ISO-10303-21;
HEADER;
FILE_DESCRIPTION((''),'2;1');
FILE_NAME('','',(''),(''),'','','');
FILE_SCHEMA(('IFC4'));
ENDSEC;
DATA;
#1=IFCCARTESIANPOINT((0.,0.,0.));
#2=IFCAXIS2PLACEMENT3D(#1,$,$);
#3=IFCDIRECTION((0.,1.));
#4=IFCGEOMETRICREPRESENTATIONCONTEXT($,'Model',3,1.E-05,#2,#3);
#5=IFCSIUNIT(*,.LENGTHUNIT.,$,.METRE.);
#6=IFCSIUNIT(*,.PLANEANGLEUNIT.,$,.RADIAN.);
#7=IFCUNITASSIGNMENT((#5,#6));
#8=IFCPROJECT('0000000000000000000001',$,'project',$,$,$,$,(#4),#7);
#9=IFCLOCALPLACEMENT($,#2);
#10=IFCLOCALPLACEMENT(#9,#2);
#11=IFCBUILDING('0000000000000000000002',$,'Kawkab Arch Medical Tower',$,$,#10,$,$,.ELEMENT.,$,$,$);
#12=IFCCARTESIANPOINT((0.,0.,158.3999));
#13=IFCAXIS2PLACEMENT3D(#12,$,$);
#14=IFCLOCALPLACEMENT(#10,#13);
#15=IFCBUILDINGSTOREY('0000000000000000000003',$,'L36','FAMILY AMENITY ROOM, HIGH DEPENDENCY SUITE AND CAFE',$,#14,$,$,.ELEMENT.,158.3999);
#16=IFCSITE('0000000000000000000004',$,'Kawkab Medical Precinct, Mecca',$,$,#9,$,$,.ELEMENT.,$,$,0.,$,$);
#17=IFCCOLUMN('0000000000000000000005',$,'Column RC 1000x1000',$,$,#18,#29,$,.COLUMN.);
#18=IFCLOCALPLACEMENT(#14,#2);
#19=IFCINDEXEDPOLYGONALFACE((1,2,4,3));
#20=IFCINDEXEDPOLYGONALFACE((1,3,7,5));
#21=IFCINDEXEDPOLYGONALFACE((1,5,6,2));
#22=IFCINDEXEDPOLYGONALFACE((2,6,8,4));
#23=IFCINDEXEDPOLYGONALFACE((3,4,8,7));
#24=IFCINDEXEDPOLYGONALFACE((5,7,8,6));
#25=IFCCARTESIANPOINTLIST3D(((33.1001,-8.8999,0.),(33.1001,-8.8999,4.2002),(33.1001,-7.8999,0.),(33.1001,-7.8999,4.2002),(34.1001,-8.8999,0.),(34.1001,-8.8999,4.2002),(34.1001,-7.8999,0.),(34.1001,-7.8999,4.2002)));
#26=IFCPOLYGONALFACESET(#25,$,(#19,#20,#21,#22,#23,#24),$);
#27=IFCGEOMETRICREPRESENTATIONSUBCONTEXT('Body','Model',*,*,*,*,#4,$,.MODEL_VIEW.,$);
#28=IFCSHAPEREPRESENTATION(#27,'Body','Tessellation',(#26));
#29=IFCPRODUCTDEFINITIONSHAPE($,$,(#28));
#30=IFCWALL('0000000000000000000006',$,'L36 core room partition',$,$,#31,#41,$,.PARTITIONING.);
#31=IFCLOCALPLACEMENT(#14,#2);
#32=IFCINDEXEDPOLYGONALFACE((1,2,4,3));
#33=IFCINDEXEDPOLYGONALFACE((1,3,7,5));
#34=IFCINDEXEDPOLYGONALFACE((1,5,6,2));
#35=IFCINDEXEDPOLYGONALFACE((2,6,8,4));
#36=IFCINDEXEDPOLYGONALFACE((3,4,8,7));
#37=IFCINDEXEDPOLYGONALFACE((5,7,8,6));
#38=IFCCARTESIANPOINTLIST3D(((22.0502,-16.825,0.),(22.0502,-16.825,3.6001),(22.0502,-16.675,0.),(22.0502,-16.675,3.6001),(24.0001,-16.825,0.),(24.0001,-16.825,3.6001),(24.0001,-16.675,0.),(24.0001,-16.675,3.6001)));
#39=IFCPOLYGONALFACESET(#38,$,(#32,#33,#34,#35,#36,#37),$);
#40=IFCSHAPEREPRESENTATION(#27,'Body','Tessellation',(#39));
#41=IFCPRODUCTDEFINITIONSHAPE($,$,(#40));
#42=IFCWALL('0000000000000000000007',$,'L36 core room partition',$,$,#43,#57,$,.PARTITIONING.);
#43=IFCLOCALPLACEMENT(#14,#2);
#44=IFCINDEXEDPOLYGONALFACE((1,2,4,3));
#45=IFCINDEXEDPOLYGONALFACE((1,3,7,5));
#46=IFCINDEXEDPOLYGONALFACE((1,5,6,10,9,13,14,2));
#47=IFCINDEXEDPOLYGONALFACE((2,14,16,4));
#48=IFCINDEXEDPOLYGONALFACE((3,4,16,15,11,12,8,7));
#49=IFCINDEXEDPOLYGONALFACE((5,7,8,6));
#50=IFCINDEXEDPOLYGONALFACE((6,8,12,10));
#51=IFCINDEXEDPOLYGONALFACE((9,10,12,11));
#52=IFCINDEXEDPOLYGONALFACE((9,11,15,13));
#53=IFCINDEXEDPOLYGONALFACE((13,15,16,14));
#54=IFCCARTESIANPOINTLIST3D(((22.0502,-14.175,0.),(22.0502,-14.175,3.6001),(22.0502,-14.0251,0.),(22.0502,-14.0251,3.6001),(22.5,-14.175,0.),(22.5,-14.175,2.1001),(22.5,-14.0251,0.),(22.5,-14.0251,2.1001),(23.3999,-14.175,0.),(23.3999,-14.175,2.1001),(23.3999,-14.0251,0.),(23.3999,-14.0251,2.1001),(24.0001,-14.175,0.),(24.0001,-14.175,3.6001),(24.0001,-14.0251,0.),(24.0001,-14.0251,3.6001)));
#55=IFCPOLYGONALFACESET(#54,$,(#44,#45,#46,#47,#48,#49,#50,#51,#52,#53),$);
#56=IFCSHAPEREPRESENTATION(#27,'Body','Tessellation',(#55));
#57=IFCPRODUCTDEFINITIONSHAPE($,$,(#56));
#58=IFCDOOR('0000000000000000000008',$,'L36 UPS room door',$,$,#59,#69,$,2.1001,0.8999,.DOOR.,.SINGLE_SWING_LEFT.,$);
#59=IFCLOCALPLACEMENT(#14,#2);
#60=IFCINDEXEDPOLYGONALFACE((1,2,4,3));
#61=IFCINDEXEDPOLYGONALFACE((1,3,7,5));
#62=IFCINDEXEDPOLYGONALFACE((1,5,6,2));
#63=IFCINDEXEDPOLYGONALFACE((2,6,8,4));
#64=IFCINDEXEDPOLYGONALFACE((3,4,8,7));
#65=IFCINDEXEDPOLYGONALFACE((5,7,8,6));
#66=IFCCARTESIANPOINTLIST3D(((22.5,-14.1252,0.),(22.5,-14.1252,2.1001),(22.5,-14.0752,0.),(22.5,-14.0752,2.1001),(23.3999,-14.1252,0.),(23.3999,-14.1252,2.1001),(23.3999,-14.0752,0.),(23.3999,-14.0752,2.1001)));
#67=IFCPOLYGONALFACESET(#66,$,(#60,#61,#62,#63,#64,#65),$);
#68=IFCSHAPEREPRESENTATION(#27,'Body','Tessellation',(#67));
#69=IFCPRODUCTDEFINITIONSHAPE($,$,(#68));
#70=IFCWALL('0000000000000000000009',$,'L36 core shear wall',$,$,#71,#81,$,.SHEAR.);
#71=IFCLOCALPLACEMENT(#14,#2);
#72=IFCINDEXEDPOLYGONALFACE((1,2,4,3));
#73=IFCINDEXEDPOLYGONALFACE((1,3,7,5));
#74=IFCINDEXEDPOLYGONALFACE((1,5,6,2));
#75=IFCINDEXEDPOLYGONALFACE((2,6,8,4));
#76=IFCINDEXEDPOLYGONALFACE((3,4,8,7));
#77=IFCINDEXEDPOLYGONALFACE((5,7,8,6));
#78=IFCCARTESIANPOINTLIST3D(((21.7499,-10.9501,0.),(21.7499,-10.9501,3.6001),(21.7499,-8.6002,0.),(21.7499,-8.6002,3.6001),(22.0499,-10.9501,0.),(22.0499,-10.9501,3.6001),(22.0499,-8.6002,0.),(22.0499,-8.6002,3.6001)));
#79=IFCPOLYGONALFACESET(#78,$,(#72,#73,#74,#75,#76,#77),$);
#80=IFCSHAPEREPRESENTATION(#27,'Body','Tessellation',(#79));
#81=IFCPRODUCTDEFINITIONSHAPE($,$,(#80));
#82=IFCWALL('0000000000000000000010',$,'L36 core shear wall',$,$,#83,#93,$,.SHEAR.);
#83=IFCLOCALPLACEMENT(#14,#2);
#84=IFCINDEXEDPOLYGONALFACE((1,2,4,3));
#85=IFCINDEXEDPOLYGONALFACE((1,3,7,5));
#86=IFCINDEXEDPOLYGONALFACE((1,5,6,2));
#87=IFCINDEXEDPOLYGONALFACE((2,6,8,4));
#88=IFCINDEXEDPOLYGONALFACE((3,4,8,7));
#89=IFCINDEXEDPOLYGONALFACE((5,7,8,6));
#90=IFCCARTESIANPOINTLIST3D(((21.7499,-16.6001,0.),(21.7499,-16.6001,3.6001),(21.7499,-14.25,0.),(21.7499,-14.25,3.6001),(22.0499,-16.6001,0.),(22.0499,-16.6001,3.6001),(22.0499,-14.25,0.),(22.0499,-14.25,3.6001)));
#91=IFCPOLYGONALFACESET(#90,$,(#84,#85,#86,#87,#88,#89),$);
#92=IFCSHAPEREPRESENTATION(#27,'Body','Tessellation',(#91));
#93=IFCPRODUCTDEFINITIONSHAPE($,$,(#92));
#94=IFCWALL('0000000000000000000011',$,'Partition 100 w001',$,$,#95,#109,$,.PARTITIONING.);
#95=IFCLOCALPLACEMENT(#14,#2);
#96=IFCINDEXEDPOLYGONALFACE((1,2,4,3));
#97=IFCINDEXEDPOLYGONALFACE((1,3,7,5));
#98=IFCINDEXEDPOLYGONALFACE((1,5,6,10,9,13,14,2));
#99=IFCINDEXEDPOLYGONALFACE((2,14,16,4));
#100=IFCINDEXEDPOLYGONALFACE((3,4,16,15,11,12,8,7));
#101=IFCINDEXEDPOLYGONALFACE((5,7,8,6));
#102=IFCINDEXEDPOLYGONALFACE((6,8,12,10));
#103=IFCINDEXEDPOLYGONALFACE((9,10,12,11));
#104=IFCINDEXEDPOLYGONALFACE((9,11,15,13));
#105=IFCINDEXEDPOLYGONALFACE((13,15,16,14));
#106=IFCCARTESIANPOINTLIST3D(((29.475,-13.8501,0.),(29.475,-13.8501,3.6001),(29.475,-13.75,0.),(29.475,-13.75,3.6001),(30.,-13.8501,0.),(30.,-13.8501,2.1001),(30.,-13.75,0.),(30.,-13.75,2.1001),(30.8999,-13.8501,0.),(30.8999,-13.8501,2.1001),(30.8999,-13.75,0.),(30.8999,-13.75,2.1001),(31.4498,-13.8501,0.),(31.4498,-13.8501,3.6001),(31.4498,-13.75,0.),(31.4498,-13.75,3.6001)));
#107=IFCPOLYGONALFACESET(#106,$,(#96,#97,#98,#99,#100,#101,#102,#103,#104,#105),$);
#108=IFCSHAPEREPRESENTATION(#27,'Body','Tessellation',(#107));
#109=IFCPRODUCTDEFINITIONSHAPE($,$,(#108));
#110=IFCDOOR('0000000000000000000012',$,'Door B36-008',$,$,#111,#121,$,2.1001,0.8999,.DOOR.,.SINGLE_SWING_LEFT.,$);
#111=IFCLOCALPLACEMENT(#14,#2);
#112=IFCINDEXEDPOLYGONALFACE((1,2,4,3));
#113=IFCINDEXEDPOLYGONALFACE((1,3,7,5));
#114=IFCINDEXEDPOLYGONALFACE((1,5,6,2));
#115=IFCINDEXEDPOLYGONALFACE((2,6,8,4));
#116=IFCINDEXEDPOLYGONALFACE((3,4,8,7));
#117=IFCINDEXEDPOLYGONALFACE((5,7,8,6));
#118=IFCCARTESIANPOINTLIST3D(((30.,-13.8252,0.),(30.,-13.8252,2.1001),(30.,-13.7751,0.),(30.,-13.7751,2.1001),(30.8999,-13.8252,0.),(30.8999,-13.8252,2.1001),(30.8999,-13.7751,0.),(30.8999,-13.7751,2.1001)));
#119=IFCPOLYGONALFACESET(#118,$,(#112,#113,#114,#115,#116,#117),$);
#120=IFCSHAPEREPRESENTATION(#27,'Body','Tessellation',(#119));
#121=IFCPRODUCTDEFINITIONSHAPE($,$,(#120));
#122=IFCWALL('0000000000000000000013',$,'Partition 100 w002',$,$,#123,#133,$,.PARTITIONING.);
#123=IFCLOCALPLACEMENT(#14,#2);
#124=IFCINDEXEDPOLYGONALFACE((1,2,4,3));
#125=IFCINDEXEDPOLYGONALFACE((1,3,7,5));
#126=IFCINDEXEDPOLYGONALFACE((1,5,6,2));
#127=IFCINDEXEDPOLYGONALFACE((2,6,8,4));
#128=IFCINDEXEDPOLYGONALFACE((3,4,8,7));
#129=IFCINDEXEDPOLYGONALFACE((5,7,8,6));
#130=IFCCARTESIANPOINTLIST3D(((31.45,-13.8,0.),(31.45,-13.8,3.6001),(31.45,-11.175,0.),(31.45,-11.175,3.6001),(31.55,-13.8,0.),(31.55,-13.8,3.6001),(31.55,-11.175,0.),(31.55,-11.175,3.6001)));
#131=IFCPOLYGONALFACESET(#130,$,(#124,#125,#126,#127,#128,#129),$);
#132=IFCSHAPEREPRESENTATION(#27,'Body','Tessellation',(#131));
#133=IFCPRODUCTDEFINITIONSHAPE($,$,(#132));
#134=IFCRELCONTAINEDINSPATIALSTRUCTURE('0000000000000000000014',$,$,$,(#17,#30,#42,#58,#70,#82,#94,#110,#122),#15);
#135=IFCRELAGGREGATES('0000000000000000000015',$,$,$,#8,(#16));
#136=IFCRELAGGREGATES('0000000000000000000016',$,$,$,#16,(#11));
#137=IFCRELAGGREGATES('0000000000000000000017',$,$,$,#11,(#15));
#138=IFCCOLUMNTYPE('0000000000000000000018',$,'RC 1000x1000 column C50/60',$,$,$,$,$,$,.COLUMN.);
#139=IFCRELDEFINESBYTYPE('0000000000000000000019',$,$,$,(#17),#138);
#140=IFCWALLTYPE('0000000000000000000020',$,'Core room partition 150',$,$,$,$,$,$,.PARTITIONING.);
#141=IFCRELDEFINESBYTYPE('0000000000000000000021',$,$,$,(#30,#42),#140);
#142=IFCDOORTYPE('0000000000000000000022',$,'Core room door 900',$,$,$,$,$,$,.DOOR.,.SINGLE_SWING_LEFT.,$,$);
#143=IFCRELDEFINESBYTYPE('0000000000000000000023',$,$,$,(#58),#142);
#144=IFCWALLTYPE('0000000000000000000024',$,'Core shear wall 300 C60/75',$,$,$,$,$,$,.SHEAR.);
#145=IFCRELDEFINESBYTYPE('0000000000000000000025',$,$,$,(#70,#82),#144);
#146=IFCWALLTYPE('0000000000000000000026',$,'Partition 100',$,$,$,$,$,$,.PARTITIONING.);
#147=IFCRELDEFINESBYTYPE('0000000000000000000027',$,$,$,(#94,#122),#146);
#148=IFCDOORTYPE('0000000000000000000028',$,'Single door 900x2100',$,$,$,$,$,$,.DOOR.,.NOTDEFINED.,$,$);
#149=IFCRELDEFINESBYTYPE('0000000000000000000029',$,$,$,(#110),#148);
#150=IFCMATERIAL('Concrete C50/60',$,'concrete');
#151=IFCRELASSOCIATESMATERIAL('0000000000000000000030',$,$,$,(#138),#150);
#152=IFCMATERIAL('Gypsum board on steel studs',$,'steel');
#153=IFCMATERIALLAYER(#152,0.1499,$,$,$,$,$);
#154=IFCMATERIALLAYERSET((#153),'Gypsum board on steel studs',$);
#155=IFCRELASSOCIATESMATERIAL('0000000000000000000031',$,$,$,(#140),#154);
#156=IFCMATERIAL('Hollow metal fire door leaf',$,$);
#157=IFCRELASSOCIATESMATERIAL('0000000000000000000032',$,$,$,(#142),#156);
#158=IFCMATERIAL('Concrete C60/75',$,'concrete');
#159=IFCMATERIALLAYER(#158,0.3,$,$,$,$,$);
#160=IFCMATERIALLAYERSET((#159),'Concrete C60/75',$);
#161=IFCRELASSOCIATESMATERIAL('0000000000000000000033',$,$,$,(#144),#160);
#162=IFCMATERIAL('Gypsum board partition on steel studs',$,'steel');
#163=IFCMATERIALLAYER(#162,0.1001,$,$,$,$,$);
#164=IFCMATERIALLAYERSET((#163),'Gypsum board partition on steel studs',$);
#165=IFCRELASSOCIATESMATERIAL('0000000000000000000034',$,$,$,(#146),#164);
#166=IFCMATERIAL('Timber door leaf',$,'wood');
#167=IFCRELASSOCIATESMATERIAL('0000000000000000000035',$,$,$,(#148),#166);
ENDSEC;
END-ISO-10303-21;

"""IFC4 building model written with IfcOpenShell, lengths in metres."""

from ifc_helpers import new_model, si_unit, direction, frame, frame_2d, origin, origin_2d, place, context, subcontext, project, spatial, rectangle, extrude, material, layer, layer_set, material_profile, profile_set, type_object, element, fill, save


model = new_model("IFC4")

# Units and contexts
model_context = context("Model", 3, precision=1e-05, world=origin(), true_north=direction((0.0, 1.0)))
body_context = subcontext(model_context, "Body", "Model", "MODEL_VIEW")
ifc_project = project(units=[si_unit("LENGTHUNIT", "METRE"), si_unit("PLANEANGLEUNIT", "RADIAN")], contexts=[model_context])

# Site, building, storey
site_placement = place(None, origin())
site = spatial("IfcSite", under=ifc_project, at=site_placement, Name="Kawkab Medical Precinct, Mecca", CompositionType="ELEMENT", RefElevation=0.0)
building_placement = place(site_placement, origin())
building = spatial("IfcBuilding", under=site, at=building_placement, Name="Kawkab Arch Medical Tower", CompositionType="ELEMENT")
storey_placement = place(building_placement, frame((0.0, 0.0, 158.3999)))
storey = spatial("IfcBuildingStorey", under=building, at=storey_placement, Name="L36", Description="FAMILY AMENITY ROOM, HIGH DEPENDENCY SUITE AND CAFE", CompositionType="ELEMENT", Elevation=158.3999)

# Column
ifc_material_1 = material(Name="Concrete C50/60", Category="concrete")
ifc_material_profile = material_profile(ifc_material_1, rectangle(XDim=1.0, YDim=1.0, at=origin_2d()), Name="RC 1000x1000")
ifc_profile_set = profile_set([ifc_material_profile], Name="Concrete C50/60")
column_type = type_object("IfcColumnType", Name="RC 1000x1000 column C50/60", PredefinedType="COLUMN", material=ifc_profile_set)
column_placement = place(storey_placement, frame((33.6001, -8.3999, 0.0), z_axis=(0.0, 0.0, 1.0), x_axis=(1.0, 0.0, 0.0)))
element("IfcColumn", 1, at=column_placement, inside=storey, type_object=column_type, Name="Column RC 1000x1000", PredefinedType="COLUMN", context=body_context, shape_type="SweptSolid", body=[
    extrude(rectangle(XDim=1.0, YDim=1.0, at=origin_2d()), origin(), (0.0, 0.0, 1.0), 4.2002),
])

# Wall
ifc_material_2 = material(Name="Gypsum board on steel studs", Category="steel")
ifc_layer_1 = layer(ifc_material_2, 0.1499)
ifc_layer_set_1 = layer_set([ifc_layer_1], Name="Gypsum board on steel studs")
wall_type_1 = type_object("IfcWallType", Name="Core room partition 150", PredefinedType="PARTITIONING", material=ifc_layer_set_1)
wall_1_placement = place(storey_placement, frame((22.05, -16.75, 0.0), z_axis=(0.0, 0.0, 1.0), x_axis=(1.0, 0.0, 0.0)))
element("IfcWall", 2, at=wall_1_placement, inside=storey, type_object=wall_type_1, Name="L36 core room partition", PredefinedType="PARTITIONING", context=body_context, shape_type="SweptSolid", body=[
    extrude(rectangle(XDim=1.95, YDim=0.1499, at=frame_2d((0.9751, 0.0))), origin(), (0.0, 0.0, 1.0), 3.6001),
])

# Wall, opening, door
wall_2_placement = place(storey_placement, frame((22.05, -14.1001, 0.0), z_axis=(0.0, 0.0, 1.0), x_axis=(1.0, 0.0, 0.0)))
wall_2 = element("IfcWall", 3, at=wall_2_placement, inside=storey, type_object=wall_type_1, Name="L36 core room partition", PredefinedType="PARTITIONING", context=body_context, shape_type="SweptSolid", body=[
    extrude(rectangle(XDim=1.95, YDim=0.1499, at=frame_2d((0.9751, 0.0))), origin(), (0.0, 0.0, 1.0), 3.6001),
])
opening_1_placement = place(wall_2_placement, frame((0.45, 0.0, 0.0)))
opening_1 = element("IfcOpeningElement", 4, at=opening_1_placement, cuts=wall_2, PredefinedType="OPENING", context=body_context, shape_type="SweptSolid", body=[
    extrude(rectangle(XDim=0.8999, YDim=2.1001, at=frame_2d((0.45, 1.05))), frame((0.0, 0.085, 0.0), z_axis=(0.0, -1.0, 0.0), x_axis=(1.0, 0.0, 0.0)), (0.0, 0.0, 1.0), 0.1699),
])
ifc_material_3 = material(Name="Hollow metal fire door leaf")
door_type_1 = type_object("IfcDoorType", Name="Core room door 900", OperationType="SINGLE_SWING_LEFT", PredefinedType="DOOR", material=ifc_material_3)
door_1_placement = place(opening_1_placement, origin())
door_1 = element("IfcDoor", 5, at=door_1_placement, inside=storey, type_object=door_type_1, Name="L36 UPS room door", OperationType="SINGLE_SWING_LEFT", OverallHeight=2.1001, OverallWidth=0.8999, PredefinedType="DOOR", context=body_context, shape_type="SweptSolid", body=[
    extrude(rectangle(XDim=0.8999, YDim=2.1001, at=frame_2d((0.45, 1.05))), frame((0.0, 0.0249, 0.0), z_axis=(0.0, -1.0, 0.0), x_axis=(1.0, 0.0, 0.0)), (0.0, 0.0, 1.0), 0.05),
])
fill(opening_1, door_1)

# Walls
ifc_material_4 = material(Name="Concrete C60/75", Category="concrete")
ifc_layer_2 = layer(ifc_material_4, 0.3)
ifc_layer_set_2 = layer_set([ifc_layer_2], Name="Concrete C60/75")
wall_type_2 = type_object("IfcWallType", Name="Core shear wall 300 C60/75", PredefinedType="SHEAR", material=ifc_layer_set_2)
wall_3_placement = place(storey_placement, frame((21.8999, -10.95, 0.0), z_axis=(0.0, 0.0, 1.0), x_axis=(0.0, 1.0, 0.0)))
element("IfcWall", 6, at=wall_3_placement, inside=storey, type_object=wall_type_2, Name="L36 core shear wall", PredefinedType="SHEAR", context=body_context, shape_type="SweptSolid", body=[
    extrude(rectangle(XDim=2.3499, YDim=0.3, at=frame_2d((1.1748, 0.0))), origin(), (0.0, 0.0, 1.0), 3.6001),
])
wall_4_placement = place(storey_placement, frame((21.8999, -16.6001, 0.0), z_axis=(0.0, 0.0, 1.0), x_axis=(0.0, 1.0, 0.0)))
element("IfcWall", 7, at=wall_4_placement, inside=storey, type_object=wall_type_2, Name="L36 core shear wall", PredefinedType="SHEAR", context=body_context, shape_type="SweptSolid", body=[
    extrude(rectangle(XDim=2.3501, YDim=0.3, at=frame_2d((1.175, 0.0))), origin(), (0.0, 0.0, 1.0), 3.6001),
])

# Wall, opening, door
ifc_material_5 = material(Name="Gypsum board partition on steel studs", Category="steel")
ifc_layer_3 = layer(ifc_material_5, 0.1001)
ifc_layer_set_3 = layer_set([ifc_layer_3], Name="Gypsum board partition on steel studs")
wall_type_3 = type_object("IfcWallType", Name="Partition 100", PredefinedType="PARTITIONING", material=ifc_layer_set_3)
wall_5_placement = place(storey_placement, frame((29.4751, -13.8, 0.0), z_axis=(0.0, 0.0, 1.0), x_axis=(1.0, 0.0, 0.0)))
wall_5 = element("IfcWall", 8, at=wall_5_placement, inside=storey, type_object=wall_type_3, Name="Partition 100 w001", PredefinedType="PARTITIONING", context=body_context, shape_type="SweptSolid", body=[
    extrude(rectangle(XDim=1.9749, YDim=0.1001, at=frame_2d((0.9873, 0.0))), origin(), (0.0, 0.0, 1.0), 3.6001),
])
opening_2_placement = place(wall_5_placement, frame((0.5249, 0.0, 0.0)))
opening_2 = element("IfcOpeningElement", 9, at=opening_2_placement, cuts=wall_5, PredefinedType="OPENING", context=body_context, shape_type="SweptSolid", body=[
    extrude(rectangle(XDim=0.8999, YDim=2.1001, at=frame_2d((0.45, 1.05))), frame((0.0, 0.0601, 0.0), z_axis=(0.0, -1.0, 0.0), x_axis=(1.0, 0.0, 0.0)), (0.0, 0.0, 1.0), 0.1201),
])
ifc_material_6 = material(Name="Timber door leaf", Category="wood")
door_type_2 = type_object("IfcDoorType", Name="Single door 900x2100", OperationType="NOTDEFINED", PredefinedType="DOOR", material=ifc_material_6)
door_2_placement = place(opening_2_placement, origin())
door_2 = element("IfcDoor", 10, at=door_2_placement, inside=storey, type_object=door_type_2, Name="Door B36-008", OperationType="SINGLE_SWING_LEFT", OverallHeight=2.1001, OverallWidth=0.8999, PredefinedType="DOOR", context=body_context, shape_type="SweptSolid", body=[
    extrude(rectangle(XDim=0.8999, YDim=2.1001, at=frame_2d((0.45, 1.05))), frame((0.0, 0.0249, 0.0), z_axis=(0.0, -1.0, 0.0), x_axis=(1.0, 0.0, 0.0)), (0.0, 0.0, 1.0), 0.05),
])
fill(opening_2, door_2)

# Wall
wall_6_placement = place(storey_placement, frame((31.5, -13.8, 0.0), z_axis=(0.0, 0.0, 1.0), x_axis=(0.0, 1.0, 0.0)))
element("IfcWall", 11, at=wall_6_placement, inside=storey, type_object=wall_type_3, Name="Partition 100 w002", PredefinedType="PARTITIONING", context=body_context, shape_type="SweptSolid", body=[
    extrude(rectangle(XDim=2.625, YDim=0.1001, at=frame_2d((1.3125, 0.0))), origin(), (0.0, 0.0, 1.0), 3.6001),
])

save(model, "model.ifc")
